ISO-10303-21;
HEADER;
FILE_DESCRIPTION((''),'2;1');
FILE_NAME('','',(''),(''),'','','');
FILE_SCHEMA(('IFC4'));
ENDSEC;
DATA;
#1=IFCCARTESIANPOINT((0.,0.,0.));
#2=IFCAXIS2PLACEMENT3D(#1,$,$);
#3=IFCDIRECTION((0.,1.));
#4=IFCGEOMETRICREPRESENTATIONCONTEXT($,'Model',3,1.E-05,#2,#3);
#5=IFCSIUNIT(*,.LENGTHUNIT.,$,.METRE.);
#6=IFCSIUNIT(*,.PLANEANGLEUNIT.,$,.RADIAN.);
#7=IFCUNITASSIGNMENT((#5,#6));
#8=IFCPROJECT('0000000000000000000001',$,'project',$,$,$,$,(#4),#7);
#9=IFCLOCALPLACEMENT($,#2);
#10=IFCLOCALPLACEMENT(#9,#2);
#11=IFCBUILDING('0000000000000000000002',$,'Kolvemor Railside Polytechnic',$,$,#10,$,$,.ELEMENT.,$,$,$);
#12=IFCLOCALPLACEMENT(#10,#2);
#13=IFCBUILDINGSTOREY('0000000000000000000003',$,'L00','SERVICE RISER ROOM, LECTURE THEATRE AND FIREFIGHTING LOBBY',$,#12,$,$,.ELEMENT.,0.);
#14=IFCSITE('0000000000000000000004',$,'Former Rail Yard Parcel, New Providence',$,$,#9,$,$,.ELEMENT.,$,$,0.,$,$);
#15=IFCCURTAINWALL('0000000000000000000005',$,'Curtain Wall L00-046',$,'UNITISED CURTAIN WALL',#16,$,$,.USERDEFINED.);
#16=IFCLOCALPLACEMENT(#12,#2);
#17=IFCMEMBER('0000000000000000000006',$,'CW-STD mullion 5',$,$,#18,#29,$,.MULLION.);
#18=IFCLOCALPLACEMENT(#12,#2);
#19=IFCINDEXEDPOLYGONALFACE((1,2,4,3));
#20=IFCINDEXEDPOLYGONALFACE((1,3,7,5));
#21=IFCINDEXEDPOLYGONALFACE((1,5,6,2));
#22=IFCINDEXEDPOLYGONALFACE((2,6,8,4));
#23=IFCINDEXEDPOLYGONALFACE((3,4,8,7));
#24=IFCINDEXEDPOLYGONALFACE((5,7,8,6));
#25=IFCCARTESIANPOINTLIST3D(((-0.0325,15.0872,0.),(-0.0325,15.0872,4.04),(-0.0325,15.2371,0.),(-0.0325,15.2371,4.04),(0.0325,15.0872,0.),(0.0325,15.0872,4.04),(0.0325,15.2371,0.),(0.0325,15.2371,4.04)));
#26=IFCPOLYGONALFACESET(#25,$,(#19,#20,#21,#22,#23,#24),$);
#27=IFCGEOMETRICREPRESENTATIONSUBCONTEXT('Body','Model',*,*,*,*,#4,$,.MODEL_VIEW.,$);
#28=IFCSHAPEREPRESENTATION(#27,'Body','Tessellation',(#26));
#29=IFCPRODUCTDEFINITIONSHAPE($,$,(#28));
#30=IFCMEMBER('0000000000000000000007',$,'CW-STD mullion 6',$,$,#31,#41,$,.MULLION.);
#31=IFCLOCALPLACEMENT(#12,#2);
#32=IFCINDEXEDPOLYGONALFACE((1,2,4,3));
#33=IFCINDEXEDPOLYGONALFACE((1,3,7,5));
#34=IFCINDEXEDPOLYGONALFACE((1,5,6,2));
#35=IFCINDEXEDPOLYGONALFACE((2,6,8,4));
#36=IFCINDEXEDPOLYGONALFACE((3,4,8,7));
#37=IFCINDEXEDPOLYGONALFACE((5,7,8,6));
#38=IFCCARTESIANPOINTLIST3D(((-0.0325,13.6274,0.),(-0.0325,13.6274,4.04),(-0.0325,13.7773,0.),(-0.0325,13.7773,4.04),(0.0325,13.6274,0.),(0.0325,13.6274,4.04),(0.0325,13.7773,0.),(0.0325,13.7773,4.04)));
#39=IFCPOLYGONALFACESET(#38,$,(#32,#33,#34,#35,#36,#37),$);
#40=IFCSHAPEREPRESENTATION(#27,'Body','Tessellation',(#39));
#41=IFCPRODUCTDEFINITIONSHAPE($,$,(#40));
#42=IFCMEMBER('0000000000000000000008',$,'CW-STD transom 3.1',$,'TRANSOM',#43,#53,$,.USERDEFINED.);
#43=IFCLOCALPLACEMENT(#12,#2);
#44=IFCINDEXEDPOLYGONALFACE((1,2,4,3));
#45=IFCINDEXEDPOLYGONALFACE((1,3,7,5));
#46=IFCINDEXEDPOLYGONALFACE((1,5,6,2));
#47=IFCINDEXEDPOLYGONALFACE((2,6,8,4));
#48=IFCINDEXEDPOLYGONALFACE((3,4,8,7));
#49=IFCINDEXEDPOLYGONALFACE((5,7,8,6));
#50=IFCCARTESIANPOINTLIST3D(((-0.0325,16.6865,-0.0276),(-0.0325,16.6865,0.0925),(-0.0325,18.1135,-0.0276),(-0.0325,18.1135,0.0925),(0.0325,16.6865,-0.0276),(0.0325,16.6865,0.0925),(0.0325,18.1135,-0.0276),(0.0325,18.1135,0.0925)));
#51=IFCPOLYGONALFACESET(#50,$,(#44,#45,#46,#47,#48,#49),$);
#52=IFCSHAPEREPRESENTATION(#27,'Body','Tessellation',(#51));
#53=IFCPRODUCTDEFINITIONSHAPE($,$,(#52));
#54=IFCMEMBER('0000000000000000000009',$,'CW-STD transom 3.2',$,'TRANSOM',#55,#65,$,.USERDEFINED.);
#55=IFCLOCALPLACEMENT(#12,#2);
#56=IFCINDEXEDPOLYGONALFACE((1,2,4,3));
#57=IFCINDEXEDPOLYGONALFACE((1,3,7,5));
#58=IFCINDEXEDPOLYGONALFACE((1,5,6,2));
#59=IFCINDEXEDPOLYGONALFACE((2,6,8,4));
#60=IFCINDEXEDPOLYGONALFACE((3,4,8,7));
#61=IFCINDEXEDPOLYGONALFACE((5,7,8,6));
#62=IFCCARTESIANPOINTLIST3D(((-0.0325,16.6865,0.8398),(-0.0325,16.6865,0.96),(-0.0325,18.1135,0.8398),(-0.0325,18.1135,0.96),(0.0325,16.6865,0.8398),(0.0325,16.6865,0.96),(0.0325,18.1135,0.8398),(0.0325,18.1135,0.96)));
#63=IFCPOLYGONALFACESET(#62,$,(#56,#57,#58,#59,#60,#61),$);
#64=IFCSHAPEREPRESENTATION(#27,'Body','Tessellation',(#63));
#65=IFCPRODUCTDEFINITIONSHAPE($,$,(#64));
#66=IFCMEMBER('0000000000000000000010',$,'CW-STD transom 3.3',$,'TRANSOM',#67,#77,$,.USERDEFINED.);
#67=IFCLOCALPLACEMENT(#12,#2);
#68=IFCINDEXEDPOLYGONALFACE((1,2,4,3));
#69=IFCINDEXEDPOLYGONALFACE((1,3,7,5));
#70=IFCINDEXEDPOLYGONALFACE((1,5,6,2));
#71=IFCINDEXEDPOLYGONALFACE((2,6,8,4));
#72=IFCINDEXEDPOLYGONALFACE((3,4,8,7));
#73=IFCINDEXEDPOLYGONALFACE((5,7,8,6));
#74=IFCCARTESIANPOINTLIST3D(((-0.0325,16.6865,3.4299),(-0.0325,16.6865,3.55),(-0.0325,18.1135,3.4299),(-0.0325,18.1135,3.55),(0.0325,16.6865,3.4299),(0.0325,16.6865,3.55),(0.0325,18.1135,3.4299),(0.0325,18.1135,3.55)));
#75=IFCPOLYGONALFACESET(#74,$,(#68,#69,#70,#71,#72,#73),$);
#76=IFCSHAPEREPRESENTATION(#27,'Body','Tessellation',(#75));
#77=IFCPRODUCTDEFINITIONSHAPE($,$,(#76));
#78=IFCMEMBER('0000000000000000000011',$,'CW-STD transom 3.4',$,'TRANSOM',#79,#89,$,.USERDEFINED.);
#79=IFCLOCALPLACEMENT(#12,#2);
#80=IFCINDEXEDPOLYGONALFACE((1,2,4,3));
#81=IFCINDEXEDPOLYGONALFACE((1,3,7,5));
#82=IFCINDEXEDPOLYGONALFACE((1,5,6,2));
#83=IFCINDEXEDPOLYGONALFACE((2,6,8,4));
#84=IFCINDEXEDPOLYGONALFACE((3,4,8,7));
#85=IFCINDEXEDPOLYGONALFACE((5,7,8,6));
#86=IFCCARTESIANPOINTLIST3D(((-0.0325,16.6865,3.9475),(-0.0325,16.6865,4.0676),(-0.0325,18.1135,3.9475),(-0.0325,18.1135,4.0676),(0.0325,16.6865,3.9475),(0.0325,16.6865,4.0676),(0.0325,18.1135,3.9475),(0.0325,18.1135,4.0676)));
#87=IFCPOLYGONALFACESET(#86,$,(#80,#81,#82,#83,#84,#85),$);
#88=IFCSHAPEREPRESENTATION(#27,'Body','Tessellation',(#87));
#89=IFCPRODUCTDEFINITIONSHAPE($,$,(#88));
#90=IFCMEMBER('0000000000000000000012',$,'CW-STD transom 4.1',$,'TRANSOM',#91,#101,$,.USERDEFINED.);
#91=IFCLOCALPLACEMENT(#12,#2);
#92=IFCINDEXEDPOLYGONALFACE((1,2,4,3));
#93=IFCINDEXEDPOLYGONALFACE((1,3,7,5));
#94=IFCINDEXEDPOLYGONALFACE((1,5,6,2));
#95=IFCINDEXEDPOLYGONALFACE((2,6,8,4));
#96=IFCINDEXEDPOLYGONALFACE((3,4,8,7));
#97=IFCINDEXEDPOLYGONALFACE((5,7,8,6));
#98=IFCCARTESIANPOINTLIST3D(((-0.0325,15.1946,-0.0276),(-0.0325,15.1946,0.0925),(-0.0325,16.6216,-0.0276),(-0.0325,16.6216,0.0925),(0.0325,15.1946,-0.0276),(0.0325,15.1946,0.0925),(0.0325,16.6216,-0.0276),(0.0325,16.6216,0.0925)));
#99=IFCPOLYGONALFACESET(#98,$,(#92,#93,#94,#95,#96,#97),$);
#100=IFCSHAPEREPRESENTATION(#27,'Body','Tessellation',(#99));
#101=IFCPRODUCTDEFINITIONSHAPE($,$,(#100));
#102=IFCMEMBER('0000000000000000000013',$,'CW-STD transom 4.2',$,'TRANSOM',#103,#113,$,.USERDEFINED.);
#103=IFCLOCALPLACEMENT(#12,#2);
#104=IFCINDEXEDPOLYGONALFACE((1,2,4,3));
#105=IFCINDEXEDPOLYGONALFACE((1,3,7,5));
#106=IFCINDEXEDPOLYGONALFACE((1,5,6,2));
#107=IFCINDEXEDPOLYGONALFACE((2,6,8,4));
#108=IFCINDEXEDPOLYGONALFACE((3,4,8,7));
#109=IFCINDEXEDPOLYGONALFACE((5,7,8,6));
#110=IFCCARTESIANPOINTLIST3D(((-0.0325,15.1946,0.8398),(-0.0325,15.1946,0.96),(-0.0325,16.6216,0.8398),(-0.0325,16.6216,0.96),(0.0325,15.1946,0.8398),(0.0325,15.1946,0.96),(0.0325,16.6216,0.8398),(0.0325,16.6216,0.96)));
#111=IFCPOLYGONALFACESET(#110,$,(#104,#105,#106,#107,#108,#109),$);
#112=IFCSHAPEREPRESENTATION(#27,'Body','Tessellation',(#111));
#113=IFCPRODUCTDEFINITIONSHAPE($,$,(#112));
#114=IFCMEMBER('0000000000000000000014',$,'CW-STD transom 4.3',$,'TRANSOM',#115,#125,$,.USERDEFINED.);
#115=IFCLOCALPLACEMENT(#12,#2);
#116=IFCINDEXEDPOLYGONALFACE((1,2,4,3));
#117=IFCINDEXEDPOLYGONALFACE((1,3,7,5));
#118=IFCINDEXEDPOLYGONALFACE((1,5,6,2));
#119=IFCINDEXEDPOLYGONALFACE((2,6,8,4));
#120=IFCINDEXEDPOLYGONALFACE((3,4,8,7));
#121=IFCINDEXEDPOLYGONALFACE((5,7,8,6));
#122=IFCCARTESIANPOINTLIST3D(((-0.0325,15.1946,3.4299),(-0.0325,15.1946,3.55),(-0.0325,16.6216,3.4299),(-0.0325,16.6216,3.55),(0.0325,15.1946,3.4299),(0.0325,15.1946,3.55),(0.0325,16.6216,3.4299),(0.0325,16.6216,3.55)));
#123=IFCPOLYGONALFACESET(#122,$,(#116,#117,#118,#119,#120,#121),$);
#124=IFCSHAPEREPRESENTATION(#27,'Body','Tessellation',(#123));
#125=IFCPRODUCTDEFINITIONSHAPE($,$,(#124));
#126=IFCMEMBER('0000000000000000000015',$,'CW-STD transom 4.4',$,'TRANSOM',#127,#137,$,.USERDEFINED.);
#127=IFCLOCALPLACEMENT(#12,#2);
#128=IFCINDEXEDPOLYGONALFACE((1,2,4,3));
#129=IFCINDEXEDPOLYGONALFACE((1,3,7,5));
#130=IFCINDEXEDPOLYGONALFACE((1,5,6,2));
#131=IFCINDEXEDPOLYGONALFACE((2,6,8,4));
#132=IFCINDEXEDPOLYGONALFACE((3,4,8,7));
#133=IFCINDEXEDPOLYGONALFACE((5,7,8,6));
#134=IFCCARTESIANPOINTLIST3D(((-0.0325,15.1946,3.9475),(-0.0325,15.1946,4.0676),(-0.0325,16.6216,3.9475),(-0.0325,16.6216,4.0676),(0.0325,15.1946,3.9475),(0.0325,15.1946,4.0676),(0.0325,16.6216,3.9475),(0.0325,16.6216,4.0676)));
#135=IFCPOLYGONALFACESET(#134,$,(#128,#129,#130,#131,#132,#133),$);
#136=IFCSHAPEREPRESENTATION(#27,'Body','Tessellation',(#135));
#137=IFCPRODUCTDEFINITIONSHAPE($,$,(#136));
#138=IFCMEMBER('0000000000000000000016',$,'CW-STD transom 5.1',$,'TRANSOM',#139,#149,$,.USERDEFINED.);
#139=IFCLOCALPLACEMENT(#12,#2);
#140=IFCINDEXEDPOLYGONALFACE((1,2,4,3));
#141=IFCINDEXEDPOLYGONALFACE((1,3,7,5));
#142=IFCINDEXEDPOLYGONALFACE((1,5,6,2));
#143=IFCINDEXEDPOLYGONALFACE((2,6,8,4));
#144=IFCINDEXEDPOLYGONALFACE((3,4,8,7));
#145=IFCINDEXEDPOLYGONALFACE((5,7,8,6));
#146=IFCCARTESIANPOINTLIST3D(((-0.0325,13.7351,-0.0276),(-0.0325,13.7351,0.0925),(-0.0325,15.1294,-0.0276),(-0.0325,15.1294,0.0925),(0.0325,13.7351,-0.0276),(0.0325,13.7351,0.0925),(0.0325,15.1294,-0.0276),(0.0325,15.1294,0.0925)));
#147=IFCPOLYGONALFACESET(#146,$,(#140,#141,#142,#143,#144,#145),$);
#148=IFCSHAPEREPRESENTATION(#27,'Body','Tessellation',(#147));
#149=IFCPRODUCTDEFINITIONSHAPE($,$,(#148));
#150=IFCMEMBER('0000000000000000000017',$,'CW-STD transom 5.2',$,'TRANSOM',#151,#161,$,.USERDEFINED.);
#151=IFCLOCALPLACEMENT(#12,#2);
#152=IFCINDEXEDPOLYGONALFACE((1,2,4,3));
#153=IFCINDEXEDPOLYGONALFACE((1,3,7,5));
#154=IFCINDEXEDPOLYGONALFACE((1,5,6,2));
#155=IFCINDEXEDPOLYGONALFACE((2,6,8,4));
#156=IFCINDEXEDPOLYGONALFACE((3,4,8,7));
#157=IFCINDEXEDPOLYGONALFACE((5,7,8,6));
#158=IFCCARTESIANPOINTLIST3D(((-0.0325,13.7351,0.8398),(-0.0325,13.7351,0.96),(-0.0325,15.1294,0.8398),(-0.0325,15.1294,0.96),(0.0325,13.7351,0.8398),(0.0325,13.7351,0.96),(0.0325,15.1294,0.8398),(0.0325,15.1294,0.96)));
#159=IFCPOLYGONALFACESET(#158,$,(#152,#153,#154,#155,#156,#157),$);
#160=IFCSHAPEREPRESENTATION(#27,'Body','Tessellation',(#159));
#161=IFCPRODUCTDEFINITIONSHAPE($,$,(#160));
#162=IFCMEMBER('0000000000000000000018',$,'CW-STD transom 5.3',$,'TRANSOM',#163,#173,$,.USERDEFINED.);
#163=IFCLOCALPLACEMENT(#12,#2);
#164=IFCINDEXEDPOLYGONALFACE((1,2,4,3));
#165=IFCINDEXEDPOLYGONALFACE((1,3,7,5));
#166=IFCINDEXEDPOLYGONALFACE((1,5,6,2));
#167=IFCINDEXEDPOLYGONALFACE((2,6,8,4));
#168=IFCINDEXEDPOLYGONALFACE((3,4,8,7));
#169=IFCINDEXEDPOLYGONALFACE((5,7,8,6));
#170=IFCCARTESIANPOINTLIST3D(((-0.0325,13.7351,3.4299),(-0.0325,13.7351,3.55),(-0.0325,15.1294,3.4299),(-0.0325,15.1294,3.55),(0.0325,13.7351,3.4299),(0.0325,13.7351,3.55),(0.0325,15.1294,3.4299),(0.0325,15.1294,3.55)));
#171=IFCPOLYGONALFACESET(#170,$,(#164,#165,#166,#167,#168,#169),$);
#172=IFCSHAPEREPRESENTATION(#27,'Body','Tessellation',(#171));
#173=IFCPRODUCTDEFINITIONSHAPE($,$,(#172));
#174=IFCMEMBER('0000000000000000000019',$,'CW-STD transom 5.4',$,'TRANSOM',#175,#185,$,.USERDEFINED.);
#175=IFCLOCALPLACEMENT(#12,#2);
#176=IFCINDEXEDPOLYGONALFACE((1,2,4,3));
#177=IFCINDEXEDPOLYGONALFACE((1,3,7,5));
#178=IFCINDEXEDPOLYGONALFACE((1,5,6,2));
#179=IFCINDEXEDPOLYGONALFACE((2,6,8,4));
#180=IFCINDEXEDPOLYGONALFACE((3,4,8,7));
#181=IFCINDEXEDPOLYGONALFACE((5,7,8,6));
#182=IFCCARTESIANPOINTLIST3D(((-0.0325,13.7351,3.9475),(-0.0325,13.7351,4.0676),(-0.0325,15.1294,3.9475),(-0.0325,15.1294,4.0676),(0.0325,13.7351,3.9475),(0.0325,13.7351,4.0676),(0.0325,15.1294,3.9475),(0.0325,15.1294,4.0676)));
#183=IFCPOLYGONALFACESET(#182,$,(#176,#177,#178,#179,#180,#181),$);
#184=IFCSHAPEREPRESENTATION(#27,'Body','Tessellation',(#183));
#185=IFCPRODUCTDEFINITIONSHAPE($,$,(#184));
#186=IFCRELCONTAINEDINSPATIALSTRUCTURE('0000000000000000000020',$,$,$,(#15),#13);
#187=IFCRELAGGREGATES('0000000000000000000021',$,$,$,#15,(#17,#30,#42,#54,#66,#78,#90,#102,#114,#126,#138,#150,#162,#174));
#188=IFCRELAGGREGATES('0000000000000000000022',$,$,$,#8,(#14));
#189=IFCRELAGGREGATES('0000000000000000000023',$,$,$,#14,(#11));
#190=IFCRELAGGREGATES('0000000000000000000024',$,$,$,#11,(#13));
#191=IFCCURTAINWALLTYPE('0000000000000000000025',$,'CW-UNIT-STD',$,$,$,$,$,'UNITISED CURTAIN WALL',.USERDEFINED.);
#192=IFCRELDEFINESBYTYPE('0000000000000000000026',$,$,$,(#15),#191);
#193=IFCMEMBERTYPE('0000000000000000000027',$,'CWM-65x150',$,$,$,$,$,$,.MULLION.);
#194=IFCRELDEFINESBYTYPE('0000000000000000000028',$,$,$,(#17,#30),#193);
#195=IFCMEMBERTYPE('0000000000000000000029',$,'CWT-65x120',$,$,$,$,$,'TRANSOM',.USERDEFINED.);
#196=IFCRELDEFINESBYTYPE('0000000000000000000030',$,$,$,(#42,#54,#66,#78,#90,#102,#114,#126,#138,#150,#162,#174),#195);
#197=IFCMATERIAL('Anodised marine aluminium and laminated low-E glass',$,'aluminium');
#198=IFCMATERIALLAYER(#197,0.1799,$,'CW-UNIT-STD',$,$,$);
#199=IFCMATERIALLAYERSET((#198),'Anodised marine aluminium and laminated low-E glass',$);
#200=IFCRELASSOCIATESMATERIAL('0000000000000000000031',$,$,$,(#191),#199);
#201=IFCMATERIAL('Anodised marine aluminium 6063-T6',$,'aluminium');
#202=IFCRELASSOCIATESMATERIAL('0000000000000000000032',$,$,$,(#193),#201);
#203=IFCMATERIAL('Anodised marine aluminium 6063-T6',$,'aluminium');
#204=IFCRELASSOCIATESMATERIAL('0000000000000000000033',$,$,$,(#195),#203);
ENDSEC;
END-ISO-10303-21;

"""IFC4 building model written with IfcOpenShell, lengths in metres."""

from ifc_helpers import new_model, si_unit, direction, frame, origin, origin_2d, place, context, subcontext, project, spatial, rectangle, extrude, material, layer, layer_set, material_profile, profile_set, type_object, element, aggregate, save


model = new_model("IFC4")

# Units and contexts
model_context = context("Model", 3, precision=1e-05, world=origin(), true_north=direction((0.0, 1.0)))
body_context = subcontext(model_context, "Body", "Model", "MODEL_VIEW")
ifc_project = project(units=[si_unit("LENGTHUNIT", "METRE"), si_unit("PLANEANGLEUNIT", "RADIAN")], contexts=[model_context])

# Site, building, storey
site_placement = place(None, origin())
site = spatial("IfcSite", under=ifc_project, at=site_placement, Name="Former Rail Yard Parcel, New Providence", CompositionType="ELEMENT", RefElevation=0.0)
building_placement = place(site_placement, origin())
building = spatial("IfcBuilding", under=site, at=building_placement, Name="Kolvemor Railside Polytechnic", CompositionType="ELEMENT")
storey_placement = place(building_placement, origin())
storey = spatial("IfcBuildingStorey", under=building, at=storey_placement, Name="L00", Description="SERVICE RISER ROOM, LECTURE THEATRE AND FIREFIGHTING LOBBY", CompositionType="ELEMENT", Elevation=0.0)

# Curtain wall, members
ifc_material_1 = material(Name="Anodised marine aluminium and laminated low-E glass", Category="aluminium")
ifc_layer_1 = layer(ifc_material_1, 0.1799, Name="CW-UNIT-STD")
ifc_layer_set_1 = layer_set([ifc_layer_1], Name="Anodised marine aluminium and laminated low-E glass")
curtain_wall_type = type_object("IfcCurtainWallType", Name="CW-UNIT-STD", ElementType="UNITISED CURTAIN WALL", PredefinedType="USERDEFINED", material=ifc_layer_set_1)
curtain_wall_placement = place(storey_placement, origin())
curtain_wall = element("IfcCurtainWall", 1, at=curtain_wall_placement, inside=storey, type_object=curtain_wall_type, Name="Curtain Wall L00-046", ObjectType="UNITISED CURTAIN WALL", PredefinedType="USERDEFINED")
ifc_material_2 = material(Name="Anodised marine aluminium 6063-T6", Category="aluminium")
ifc_material_profile_1 = material_profile(ifc_material_2, rectangle(XDim=0.0649, YDim=0.1499, at=origin_2d()), Name="CW-MUL-65x150")
ifc_profile_set_1 = profile_set([ifc_material_profile_1], Name="Anodised marine aluminium 6063-T6")
member_type_1 = type_object("IfcMemberType", Name="CWM-65x150", PredefinedType="MULLION", material=ifc_profile_set_1)
member_1_placement = place(storey_placement, frame((0.0, 15.1621, 0.0), z_axis=(0.0, 0.0, 1.0), x_axis=(1.0, 0.0, 0.0)))
member_1 = element("IfcMember", 2, at=member_1_placement, type_object=member_type_1, Name="CW-STD mullion 5", PredefinedType="MULLION", context=body_context, shape_type="SweptSolid", body=[
    extrude(rectangle(XDim=0.0649, YDim=0.1499, at=origin_2d()), origin(), (0.0, 0.0, 1.0), 4.04),
])
member_2_placement = place(storey_placement, frame((0.0, 13.7024, 0.0), z_axis=(0.0, 0.0, 1.0), x_axis=(1.0, 0.0, 0.0)))
member_2 = element("IfcMember", 3, at=member_2_placement, type_object=member_type_1, Name="CW-STD mullion 6", PredefinedType="MULLION", context=body_context, shape_type="SweptSolid", body=[
    extrude(rectangle(XDim=0.0649, YDim=0.1499, at=origin_2d()), origin(), (0.0, 0.0, 1.0), 4.04),
])
ifc_material_3 = material(Name="Anodised marine aluminium 6063-T6", Category="aluminium")
ifc_material_profile_2 = material_profile(ifc_material_3, rectangle(XDim=0.0649, YDim=0.1201, at=origin_2d()), Name="CW-TRN-65x120")
ifc_profile_set_2 = profile_set([ifc_material_profile_2], Name="Anodised marine aluminium 6063-T6")
member_type_2 = type_object("IfcMemberType", Name="CWT-65x120", ElementType="TRANSOM", PredefinedType="USERDEFINED", material=ifc_profile_set_2)
member_3_placement = place(storey_placement, frame((0.0, 18.1135, 0.0325), z_axis=(0.0, -1.0, 0.0), x_axis=(1.0, 0.0, 0.0)))
member_3 = element("IfcMember", 4, at=member_3_placement, type_object=member_type_2, Name="CW-STD transom 3.1", ObjectType="TRANSOM", PredefinedType="USERDEFINED", context=body_context, shape_type="SweptSolid", body=[
    extrude(rectangle(XDim=0.0649, YDim=0.1201, at=origin_2d()), origin(), (0.0, 0.0, 1.0), 1.427),
])
member_4_placement = place(storey_placement, frame((0.0, 18.1135, 0.8999), z_axis=(0.0, -1.0, 0.0), x_axis=(1.0, 0.0, 0.0)))
member_4 = element("IfcMember", 5, at=member_4_placement, type_object=member_type_2, Name="CW-STD transom 3.2", ObjectType="TRANSOM", PredefinedType="USERDEFINED", context=body_context, shape_type="SweptSolid", body=[
    extrude(rectangle(XDim=0.0649, YDim=0.1201, at=origin_2d()), origin(), (0.0, 0.0, 1.0), 1.427),
])
member_5_placement = place(storey_placement, frame((0.0, 18.1135, 3.49), z_axis=(0.0, -1.0, 0.0), x_axis=(1.0, 0.0, 0.0)))
member_5 = element("IfcMember", 6, at=member_5_placement, type_object=member_type_2, Name="CW-STD transom 3.3", ObjectType="TRANSOM", PredefinedType="USERDEFINED", context=body_context, shape_type="SweptSolid", body=[
    extrude(rectangle(XDim=0.0649, YDim=0.1201, at=origin_2d()), origin(), (0.0, 0.0, 1.0), 1.427),
])
member_6_placement = place(storey_placement, frame((0.0, 18.1135, 4.0076), z_axis=(0.0, -1.0, 0.0), x_axis=(1.0, 0.0, 0.0)))
member_6 = element("IfcMember", 7, at=member_6_placement, type_object=member_type_2, Name="CW-STD transom 3.4", ObjectType="TRANSOM", PredefinedType="USERDEFINED", context=body_context, shape_type="SweptSolid", body=[
    extrude(rectangle(XDim=0.0649, YDim=0.1201, at=origin_2d()), origin(), (0.0, 0.0, 1.0), 1.427),
])
member_7_placement = place(storey_placement, frame((0.0, 16.6216, 0.0325), z_axis=(0.0, -1.0, 0.0), x_axis=(1.0, 0.0, 0.0)))
member_7 = element("IfcMember", 8, at=member_7_placement, type_object=member_type_2, Name="CW-STD transom 4.1", ObjectType="TRANSOM", PredefinedType="USERDEFINED", context=body_context, shape_type="SweptSolid", body=[
    extrude(rectangle(XDim=0.0649, YDim=0.1201, at=origin_2d()), origin(), (0.0, 0.0, 1.0), 1.427),
])
member_8_placement = place(storey_placement, frame((0.0, 16.6216, 0.8999), z_axis=(0.0, -1.0, 0.0), x_axis=(1.0, 0.0, 0.0)))
member_8 = element("IfcMember", 9, at=member_8_placement, type_object=member_type_2, Name="CW-STD transom 4.2", ObjectType="TRANSOM", PredefinedType="USERDEFINED", context=body_context, shape_type="SweptSolid", body=[
    extrude(rectangle(XDim=0.0649, YDim=0.1201, at=origin_2d()), origin(), (0.0, 0.0, 1.0), 1.427),
])
member_9_placement = place(storey_placement, frame((0.0, 16.6216, 3.49), z_axis=(0.0, -1.0, 0.0), x_axis=(1.0, 0.0, 0.0)))
member_9 = element("IfcMember", 10, at=member_9_placement, type_object=member_type_2, Name="CW-STD transom 4.3", ObjectType="TRANSOM", PredefinedType="USERDEFINED", context=body_context, shape_type="SweptSolid", body=[
    extrude(rectangle(XDim=0.0649, YDim=0.1201, at=origin_2d()), origin(), (0.0, 0.0, 1.0), 1.427),
])
member_10_placement = place(storey_placement, frame((0.0, 16.6216, 4.0076), z_axis=(0.0, -1.0, 0.0), x_axis=(1.0, 0.0, 0.0)))
member_10 = element("IfcMember", 11, at=member_10_placement, type_object=member_type_2, Name="CW-STD transom 4.4", ObjectType="TRANSOM", PredefinedType="USERDEFINED", context=body_context, shape_type="SweptSolid", body=[
    extrude(rectangle(XDim=0.0649, YDim=0.1201, at=origin_2d()), origin(), (0.0, 0.0, 1.0), 1.427),
])
member_11_placement = place(storey_placement, frame((0.0, 15.1294, 0.0325), z_axis=(0.0, -1.0, 0.0), x_axis=(1.0, 0.0, 0.0)))
member_11 = element("IfcMember", 12, at=member_11_placement, type_object=member_type_2, Name="CW-STD transom 5.1", ObjectType="TRANSOM", PredefinedType="USERDEFINED", context=body_context, shape_type="SweptSolid", body=[
    extrude(rectangle(XDim=0.0649, YDim=0.1201, at=origin_2d()), origin(), (0.0, 0.0, 1.0), 1.3943),
])
member_12_placement = place(storey_placement, frame((0.0, 15.1294, 0.8999), z_axis=(0.0, -1.0, 0.0), x_axis=(1.0, 0.0, 0.0)))
member_12 = element("IfcMember", 13, at=member_12_placement, type_object=member_type_2, Name="CW-STD transom 5.2", ObjectType="TRANSOM", PredefinedType="USERDEFINED", context=body_context, shape_type="SweptSolid", body=[
    extrude(rectangle(XDim=0.0649, YDim=0.1201, at=origin_2d()), origin(), (0.0, 0.0, 1.0), 1.3943),
])
member_13_placement = place(storey_placement, frame((0.0, 15.1294, 3.49), z_axis=(0.0, -1.0, 0.0), x_axis=(1.0, 0.0, 0.0)))
member_13 = element("IfcMember", 14, at=member_13_placement, type_object=member_type_2, Name="CW-STD transom 5.3", ObjectType="TRANSOM", PredefinedType="USERDEFINED", context=body_context, shape_type="SweptSolid", body=[
    extrude(rectangle(XDim=0.0649, YDim=0.1201, at=origin_2d()), origin(), (0.0, 0.0, 1.0), 1.3943),
])
member_14_placement = place(storey_placement, frame((0.0, 15.1294, 4.0076), z_axis=(0.0, -1.0, 0.0), x_axis=(1.0, 0.0, 0.0)))
member_14 = element("IfcMember", 15, at=member_14_placement, type_object=member_type_2, Name="CW-STD transom 5.4", ObjectType="TRANSOM", PredefinedType="USERDEFINED", context=body_context, shape_type="SweptSolid", body=[
    extrude(rectangle(XDim=0.0649, YDim=0.1201, at=origin_2d()), origin(), (0.0, 0.0, 1.0), 1.3943),
])
aggregate(curtain_wall, [member_1, member_2, member_3, member_4, member_5, member_6, member_7, member_8, member_9, member_10, member_11, member_12, member_13, member_14])

save(model, "model.ifc")
